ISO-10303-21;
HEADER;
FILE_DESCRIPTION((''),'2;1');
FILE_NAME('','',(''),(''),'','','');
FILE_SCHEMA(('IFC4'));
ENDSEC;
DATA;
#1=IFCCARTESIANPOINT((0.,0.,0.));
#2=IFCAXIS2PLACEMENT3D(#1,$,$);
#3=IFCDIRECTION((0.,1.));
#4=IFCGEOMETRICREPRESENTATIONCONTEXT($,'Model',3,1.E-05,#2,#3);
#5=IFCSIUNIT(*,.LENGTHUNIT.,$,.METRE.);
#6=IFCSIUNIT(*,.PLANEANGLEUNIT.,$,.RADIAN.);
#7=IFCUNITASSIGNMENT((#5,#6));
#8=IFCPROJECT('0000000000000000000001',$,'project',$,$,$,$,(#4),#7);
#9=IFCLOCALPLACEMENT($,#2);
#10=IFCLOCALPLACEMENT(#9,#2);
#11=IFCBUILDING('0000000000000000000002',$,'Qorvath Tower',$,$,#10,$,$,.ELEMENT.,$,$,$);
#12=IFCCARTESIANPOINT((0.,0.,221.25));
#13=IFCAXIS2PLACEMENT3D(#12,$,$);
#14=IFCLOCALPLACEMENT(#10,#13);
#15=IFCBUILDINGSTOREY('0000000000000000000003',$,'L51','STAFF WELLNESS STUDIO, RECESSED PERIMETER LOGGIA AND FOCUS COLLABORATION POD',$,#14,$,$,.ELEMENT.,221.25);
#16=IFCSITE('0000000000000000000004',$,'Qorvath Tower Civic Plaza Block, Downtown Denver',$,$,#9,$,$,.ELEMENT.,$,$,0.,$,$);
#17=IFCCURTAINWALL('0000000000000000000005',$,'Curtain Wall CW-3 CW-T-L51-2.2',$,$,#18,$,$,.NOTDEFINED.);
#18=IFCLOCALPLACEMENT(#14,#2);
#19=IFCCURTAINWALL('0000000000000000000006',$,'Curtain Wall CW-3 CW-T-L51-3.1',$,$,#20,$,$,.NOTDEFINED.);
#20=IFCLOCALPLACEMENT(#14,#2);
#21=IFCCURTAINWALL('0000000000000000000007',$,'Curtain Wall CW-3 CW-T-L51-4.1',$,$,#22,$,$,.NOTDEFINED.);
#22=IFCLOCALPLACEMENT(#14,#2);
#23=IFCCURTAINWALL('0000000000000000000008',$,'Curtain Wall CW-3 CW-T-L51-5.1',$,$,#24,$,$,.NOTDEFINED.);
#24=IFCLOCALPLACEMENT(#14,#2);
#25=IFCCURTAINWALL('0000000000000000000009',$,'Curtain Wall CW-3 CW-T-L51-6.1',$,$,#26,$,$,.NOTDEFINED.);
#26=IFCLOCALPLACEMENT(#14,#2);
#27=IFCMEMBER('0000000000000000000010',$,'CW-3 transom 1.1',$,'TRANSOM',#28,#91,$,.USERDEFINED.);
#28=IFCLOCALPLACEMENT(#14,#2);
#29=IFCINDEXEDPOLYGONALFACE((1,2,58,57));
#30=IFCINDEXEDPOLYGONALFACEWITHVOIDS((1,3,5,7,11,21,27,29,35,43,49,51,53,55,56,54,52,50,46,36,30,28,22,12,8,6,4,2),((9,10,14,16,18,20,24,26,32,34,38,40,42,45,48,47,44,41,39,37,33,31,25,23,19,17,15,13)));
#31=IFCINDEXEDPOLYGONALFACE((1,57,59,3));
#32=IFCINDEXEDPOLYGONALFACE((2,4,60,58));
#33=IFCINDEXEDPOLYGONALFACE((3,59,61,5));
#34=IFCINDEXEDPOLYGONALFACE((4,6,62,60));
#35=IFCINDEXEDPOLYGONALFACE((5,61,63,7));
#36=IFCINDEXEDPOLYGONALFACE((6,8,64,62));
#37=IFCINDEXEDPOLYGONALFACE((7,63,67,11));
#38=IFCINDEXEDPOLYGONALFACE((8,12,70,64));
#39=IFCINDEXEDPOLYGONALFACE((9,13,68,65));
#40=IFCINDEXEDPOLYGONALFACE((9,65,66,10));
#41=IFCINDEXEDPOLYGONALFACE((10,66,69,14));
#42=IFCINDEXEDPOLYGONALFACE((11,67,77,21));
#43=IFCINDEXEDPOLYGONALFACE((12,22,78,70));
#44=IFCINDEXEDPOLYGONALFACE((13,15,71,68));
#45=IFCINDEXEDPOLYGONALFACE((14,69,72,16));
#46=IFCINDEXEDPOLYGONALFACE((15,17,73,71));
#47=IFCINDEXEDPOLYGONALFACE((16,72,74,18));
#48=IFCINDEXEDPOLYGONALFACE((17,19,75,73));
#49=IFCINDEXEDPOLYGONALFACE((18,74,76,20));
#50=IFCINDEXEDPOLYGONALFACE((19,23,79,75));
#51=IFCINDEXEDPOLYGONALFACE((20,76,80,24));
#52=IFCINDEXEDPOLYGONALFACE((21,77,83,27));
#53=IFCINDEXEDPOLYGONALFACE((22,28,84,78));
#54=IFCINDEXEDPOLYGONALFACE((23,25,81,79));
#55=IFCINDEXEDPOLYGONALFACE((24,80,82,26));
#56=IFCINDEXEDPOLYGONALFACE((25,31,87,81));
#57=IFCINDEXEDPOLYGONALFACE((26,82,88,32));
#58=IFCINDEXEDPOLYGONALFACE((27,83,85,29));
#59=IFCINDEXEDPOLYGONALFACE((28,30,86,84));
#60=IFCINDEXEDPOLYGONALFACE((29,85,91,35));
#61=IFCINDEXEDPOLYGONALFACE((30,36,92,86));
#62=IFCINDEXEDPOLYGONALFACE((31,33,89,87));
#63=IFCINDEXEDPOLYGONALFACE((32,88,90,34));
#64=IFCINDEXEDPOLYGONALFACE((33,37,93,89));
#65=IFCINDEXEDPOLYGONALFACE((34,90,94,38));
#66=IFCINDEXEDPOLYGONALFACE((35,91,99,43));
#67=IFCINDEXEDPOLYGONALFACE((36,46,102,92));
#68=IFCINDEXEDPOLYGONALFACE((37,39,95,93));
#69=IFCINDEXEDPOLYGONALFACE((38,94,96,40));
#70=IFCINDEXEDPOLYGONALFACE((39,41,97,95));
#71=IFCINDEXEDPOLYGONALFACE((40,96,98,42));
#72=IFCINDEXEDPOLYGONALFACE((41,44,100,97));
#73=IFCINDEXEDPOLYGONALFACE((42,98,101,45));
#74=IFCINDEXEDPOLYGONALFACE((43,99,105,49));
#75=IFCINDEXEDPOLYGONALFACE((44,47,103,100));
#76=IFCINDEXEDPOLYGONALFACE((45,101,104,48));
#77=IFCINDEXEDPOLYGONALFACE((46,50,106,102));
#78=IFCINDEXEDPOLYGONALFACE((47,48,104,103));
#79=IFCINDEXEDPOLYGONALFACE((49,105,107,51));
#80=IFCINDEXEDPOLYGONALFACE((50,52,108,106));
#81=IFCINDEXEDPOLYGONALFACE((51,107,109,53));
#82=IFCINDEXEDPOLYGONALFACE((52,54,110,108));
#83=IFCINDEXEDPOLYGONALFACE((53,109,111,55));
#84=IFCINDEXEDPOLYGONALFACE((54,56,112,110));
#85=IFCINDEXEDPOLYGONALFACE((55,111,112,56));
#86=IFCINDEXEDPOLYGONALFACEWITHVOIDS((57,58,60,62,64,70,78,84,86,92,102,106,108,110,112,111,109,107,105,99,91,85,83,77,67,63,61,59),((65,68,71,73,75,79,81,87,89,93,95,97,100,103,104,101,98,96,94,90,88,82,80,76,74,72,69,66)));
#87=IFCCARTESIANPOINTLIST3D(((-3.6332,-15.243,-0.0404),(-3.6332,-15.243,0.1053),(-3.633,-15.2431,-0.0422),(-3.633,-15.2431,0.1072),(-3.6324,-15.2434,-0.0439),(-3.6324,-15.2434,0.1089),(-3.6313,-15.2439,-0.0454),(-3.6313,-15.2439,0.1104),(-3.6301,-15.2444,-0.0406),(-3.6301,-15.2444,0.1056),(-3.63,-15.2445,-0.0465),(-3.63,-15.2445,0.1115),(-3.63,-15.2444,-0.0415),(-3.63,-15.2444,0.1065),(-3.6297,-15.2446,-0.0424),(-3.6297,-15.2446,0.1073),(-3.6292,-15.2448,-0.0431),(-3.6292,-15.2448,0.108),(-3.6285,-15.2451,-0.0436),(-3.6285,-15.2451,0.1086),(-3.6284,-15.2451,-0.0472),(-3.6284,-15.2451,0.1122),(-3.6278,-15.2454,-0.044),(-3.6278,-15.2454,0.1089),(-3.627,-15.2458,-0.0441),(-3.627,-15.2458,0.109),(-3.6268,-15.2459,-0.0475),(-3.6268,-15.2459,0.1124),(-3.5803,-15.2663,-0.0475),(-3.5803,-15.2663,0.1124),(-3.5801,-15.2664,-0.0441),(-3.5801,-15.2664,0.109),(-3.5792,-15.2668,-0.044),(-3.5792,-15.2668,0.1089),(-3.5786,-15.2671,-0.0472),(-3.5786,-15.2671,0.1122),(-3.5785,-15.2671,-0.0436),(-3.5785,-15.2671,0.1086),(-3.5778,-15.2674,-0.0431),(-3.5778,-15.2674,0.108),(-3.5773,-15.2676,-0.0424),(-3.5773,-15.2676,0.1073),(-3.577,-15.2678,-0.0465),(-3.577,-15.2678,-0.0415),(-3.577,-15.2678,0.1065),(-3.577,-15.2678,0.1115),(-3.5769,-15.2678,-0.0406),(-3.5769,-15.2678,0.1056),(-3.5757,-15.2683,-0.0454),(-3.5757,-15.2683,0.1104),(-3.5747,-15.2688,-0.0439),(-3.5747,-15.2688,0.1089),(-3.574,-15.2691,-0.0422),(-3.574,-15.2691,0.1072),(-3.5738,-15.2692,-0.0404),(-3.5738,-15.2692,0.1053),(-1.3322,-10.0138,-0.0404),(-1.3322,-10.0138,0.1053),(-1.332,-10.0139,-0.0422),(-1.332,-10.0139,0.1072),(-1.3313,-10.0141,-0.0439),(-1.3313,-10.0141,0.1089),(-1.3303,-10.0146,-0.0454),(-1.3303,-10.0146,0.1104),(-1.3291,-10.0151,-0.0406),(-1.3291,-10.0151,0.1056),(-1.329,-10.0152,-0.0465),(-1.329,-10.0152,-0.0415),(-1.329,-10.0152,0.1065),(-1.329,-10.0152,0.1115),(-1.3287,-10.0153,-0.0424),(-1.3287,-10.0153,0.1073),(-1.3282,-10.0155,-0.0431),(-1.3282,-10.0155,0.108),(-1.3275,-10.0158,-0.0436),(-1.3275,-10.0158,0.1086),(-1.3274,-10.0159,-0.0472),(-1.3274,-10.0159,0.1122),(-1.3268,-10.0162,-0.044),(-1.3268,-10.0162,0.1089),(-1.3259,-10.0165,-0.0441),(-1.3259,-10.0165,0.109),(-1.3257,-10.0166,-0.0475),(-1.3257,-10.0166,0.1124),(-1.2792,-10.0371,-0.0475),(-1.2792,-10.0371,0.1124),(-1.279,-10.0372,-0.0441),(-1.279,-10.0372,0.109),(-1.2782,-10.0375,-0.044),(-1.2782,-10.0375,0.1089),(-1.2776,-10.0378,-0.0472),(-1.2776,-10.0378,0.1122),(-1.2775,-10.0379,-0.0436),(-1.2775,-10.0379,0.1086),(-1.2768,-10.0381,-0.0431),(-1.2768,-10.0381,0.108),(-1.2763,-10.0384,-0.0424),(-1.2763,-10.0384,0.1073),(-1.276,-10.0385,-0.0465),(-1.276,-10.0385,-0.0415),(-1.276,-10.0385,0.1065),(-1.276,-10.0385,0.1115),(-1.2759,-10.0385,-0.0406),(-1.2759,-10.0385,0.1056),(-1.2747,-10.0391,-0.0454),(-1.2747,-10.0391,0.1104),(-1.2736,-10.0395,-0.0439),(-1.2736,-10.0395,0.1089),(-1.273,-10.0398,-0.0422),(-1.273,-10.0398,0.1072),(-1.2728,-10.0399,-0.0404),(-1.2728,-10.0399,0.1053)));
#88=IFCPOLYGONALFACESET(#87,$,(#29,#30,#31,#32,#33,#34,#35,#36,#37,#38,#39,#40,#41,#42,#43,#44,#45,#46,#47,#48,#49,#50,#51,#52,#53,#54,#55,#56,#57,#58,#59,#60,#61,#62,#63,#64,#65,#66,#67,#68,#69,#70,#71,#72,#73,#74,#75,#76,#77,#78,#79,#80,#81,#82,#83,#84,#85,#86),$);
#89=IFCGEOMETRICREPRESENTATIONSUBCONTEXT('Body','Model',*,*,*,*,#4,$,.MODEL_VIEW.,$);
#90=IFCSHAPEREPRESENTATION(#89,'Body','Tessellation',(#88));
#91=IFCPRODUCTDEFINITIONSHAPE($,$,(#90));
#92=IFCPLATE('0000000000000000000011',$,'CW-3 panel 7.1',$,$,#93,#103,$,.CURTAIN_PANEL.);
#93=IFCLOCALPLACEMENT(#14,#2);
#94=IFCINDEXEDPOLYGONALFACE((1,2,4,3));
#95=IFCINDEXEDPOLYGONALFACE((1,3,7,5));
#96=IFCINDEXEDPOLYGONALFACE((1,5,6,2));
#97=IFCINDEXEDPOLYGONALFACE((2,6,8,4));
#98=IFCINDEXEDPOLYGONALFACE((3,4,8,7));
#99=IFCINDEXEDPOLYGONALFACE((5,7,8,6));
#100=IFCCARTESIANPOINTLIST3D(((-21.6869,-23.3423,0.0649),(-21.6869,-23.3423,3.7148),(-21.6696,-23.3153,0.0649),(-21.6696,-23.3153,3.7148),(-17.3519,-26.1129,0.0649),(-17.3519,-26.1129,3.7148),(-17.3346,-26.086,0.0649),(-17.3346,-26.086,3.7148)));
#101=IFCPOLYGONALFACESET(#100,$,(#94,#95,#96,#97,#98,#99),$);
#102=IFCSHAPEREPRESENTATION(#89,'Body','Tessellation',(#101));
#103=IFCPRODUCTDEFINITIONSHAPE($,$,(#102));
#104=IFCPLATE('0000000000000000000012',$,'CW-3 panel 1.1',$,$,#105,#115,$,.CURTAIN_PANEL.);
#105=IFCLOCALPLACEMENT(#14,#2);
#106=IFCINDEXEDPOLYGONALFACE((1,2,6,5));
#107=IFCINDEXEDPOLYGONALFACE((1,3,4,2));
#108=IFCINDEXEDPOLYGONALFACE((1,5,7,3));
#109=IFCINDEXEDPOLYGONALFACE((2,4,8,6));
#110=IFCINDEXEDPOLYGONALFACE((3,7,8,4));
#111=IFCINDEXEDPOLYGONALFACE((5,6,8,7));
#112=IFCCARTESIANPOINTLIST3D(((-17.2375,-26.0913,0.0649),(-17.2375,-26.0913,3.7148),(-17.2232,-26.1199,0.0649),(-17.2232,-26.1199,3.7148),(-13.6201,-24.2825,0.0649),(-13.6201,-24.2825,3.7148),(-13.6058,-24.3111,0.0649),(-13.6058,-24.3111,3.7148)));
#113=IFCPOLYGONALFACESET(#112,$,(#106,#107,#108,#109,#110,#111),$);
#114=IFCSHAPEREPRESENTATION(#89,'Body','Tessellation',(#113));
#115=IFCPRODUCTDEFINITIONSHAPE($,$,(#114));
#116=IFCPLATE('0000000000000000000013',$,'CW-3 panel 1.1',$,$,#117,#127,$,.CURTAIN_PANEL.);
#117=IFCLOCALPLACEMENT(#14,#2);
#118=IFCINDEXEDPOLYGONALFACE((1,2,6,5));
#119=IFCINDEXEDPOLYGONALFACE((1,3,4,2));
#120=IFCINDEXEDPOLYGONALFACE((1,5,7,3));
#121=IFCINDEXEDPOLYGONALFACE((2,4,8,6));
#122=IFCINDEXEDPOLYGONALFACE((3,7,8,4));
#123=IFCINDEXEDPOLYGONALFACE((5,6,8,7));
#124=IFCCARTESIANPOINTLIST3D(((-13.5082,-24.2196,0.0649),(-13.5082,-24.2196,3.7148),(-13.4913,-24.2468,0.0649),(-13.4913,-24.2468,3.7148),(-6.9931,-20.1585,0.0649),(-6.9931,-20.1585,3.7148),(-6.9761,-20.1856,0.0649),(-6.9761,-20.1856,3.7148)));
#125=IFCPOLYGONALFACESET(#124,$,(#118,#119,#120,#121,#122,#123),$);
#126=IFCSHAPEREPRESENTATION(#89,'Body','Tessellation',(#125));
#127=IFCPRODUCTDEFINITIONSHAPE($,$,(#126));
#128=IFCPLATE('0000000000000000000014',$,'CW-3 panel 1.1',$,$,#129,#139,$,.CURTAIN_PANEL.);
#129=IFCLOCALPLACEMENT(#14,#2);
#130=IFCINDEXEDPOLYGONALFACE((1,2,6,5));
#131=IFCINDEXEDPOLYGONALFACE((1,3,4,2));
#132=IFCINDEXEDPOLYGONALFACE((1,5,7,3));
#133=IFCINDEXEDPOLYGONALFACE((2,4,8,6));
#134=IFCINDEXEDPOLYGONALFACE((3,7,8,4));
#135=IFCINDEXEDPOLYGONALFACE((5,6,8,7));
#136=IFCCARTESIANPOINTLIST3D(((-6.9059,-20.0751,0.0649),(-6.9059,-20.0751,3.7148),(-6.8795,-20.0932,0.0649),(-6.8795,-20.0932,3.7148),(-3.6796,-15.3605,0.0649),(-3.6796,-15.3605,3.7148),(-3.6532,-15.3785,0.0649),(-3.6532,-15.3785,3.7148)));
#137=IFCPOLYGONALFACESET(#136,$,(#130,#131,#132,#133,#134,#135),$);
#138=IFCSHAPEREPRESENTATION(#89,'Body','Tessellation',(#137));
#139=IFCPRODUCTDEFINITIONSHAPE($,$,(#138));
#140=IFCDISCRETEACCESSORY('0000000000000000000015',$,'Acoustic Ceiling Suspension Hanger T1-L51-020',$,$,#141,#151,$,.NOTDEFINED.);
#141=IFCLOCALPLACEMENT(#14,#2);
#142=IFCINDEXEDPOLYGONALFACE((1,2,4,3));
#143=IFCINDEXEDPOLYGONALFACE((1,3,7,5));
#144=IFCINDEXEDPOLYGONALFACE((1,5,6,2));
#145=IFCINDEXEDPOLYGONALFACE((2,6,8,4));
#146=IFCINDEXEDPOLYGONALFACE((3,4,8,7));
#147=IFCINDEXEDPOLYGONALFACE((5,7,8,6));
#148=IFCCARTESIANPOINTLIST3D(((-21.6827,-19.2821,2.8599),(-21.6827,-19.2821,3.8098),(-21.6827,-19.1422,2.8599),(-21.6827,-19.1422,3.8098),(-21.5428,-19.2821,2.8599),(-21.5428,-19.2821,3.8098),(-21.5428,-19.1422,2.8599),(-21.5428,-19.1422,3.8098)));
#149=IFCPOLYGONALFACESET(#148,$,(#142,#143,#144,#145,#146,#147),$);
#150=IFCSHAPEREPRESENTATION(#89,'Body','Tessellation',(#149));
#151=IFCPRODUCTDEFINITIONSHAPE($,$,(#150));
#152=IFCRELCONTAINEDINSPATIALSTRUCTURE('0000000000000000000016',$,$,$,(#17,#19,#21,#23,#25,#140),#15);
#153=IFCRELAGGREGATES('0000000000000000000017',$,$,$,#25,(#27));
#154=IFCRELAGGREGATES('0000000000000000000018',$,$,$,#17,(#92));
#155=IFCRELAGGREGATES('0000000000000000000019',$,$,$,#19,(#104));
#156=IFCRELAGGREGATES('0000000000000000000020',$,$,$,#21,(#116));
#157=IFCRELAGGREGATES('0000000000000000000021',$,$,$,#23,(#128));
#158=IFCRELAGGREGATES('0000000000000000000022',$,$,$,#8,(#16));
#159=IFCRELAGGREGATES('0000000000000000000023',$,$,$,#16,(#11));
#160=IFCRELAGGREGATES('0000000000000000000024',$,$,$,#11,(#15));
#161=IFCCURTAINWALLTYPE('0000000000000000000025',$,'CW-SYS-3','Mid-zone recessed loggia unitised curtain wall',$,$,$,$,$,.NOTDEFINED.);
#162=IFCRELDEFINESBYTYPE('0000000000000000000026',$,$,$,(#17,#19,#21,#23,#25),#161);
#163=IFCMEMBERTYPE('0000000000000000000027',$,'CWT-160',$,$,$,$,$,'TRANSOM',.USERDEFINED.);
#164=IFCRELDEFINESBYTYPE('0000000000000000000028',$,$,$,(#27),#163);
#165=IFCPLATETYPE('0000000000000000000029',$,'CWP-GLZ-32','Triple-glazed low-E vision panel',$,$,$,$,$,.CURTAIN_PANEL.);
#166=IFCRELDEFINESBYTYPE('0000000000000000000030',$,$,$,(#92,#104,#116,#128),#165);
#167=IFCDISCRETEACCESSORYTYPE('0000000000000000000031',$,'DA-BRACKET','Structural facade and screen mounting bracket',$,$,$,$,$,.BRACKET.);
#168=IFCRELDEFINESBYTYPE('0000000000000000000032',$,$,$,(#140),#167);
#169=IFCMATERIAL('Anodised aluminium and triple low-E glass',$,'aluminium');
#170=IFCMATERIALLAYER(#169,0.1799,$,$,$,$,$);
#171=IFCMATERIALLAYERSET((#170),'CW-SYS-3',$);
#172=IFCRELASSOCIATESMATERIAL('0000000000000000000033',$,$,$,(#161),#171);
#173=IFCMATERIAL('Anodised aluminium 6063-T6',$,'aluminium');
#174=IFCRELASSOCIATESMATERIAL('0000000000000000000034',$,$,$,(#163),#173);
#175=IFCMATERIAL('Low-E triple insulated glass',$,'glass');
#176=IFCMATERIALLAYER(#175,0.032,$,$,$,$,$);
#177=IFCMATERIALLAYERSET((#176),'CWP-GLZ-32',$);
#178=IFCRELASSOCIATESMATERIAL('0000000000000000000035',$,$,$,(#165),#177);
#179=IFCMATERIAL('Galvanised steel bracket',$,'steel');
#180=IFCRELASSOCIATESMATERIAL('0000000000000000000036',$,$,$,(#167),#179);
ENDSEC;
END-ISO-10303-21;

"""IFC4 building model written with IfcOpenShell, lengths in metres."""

from ifc_helpers import new_model, si_unit, direction, frame, origin, origin_2d, place, context, subcontext, project, spatial, rectangle, hollow_rectangle, extrude, material, layer, layer_set, material_profile, profile_set, type_object, element, aggregate, save


model = new_model("IFC4")

# Units and contexts
model_context = context("Model", 3, precision=1e-05, world=origin(), true_north=direction((0.0, 1.0)))
body_context = subcontext(model_context, "Body", "Model", "MODEL_VIEW")
ifc_project = project(units=[si_unit("LENGTHUNIT", "METRE"), si_unit("PLANEANGLEUNIT", "RADIAN")], contexts=[model_context])

# Site, building, storey
site_placement = place(None, origin())
site = spatial("IfcSite", under=ifc_project, at=site_placement, Name="Qorvath Tower Civic Plaza Block, Downtown Denver", CompositionType="ELEMENT", RefElevation=0.0)
building_placement = place(site_placement, origin())
building = spatial("IfcBuilding", under=site, at=building_placement, Name="Qorvath Tower", CompositionType="ELEMENT")
storey_placement = place(building_placement, frame((0.0, 0.0, 221.25)))
storey = spatial("IfcBuildingStorey", under=building, at=storey_placement, Name="L51", Description="STAFF WELLNESS STUDIO, RECESSED PERIMETER LOGGIA AND FOCUS COLLABORATION POD", CompositionType="ELEMENT", Elevation=221.25)

# Curtain wall
ifc_material_1 = material(Name="Anodised aluminium and triple low-E glass", Category="aluminium")
ifc_layer_1 = layer(ifc_material_1, 0.1799)
ifc_layer_set_1 = layer_set([ifc_layer_1], Name="CW-SYS-3")
curtain_wall_type = type_object("IfcCurtainWallType", Name="CW-SYS-3", Description="Mid-zone recessed loggia unitised curtain wall", PredefinedType="NOTDEFINED", material=ifc_layer_set_1)
curtain_wall_1_placement = place(storey_placement, origin())
curtain_wall_1 = element("IfcCurtainWall", 1, at=curtain_wall_1_placement, inside=storey, type_object=curtain_wall_type, Name="Curtain Wall CW-3 CW-T-L51-2.2", PredefinedType="NOTDEFINED")

# Curtain walls
curtain_wall_2_placement = place(storey_placement, origin())
curtain_wall_2 = element("IfcCurtainWall", 2, at=curtain_wall_2_placement, inside=storey, type_object=curtain_wall_type, Name="Curtain Wall CW-3 CW-T-L51-3.1", PredefinedType="NOTDEFINED")
curtain_wall_3_placement = place(storey_placement, origin())
curtain_wall_3 = element("IfcCurtainWall", 3, at=curtain_wall_3_placement, inside=storey, type_object=curtain_wall_type, Name="Curtain Wall CW-3 CW-T-L51-4.1", PredefinedType="NOTDEFINED")
curtain_wall_4_placement = place(storey_placement, origin())
curtain_wall_4 = element("IfcCurtainWall", 4, at=curtain_wall_4_placement, inside=storey, type_object=curtain_wall_type, Name="Curtain Wall CW-3 CW-T-L51-5.1", PredefinedType="NOTDEFINED")

# Curtain wall
curtain_wall_5_placement = place(storey_placement, origin())
curtain_wall_5 = element("IfcCurtainWall", 5, at=curtain_wall_5_placement, inside=storey, type_object=curtain_wall_type, Name="Curtain Wall CW-3 CW-T-L51-6.1", PredefinedType="NOTDEFINED")

# Member
ifc_material_2 = material(Name="Anodised aluminium 6063-T6", Category="aluminium")
ifc_material_profile_1 = material_profile(ifc_material_2, hollow_rectangle(XDim=0.0649, YDim=0.1599, WallThickness=0.0034, InnerFilletRadius=0.0034, OuterFilletRadius=0.0071, at=origin_2d()), Name="CWT 160x65")
ifc_profile_set_1 = profile_set([ifc_material_profile_1], Name="Anodised aluminium 6063-T6")
member_type_1 = type_object("IfcMemberType", Name="CWT-160", ElementType="TRANSOM", PredefinedType="USERDEFINED", material=ifc_profile_set_1)
member_1_placement = place(storey_placement, frame((-3.6035, -15.2561, 0.0325), z_axis=(0.402762, 0.915305, 0.0), x_axis=(-0.915305, 0.402762, 0.0)))
member_1 = element("IfcMember", 6, at=member_1_placement, type_object=member_type_1, Name="CW-3 transom 1.1", ObjectType="TRANSOM", PredefinedType="USERDEFINED", context=body_context, shape_type="SweptSolid", body=[
    extrude(hollow_rectangle(XDim=0.0649, YDim=0.1599, WallThickness=0.0034, InnerFilletRadius=0.0034, OuterFilletRadius=0.0071, at=origin_2d()), origin(), (0.0, 0.0, 1.0), 5.7131),
])
aggregate(curtain_wall_5, [member_1])

# Plates
ifc_material_3 = material(Name="Low-E triple insulated glass", Category="glass")
ifc_layer_2 = layer(ifc_material_3, 0.032)
ifc_layer_set_2 = layer_set([ifc_layer_2], Name="CWP-GLZ-32")
plate_type = type_object("IfcPlateType", Name="CWP-GLZ-32", Description="Triple-glazed low-E vision panel", PredefinedType="CURTAIN_PANEL", material=ifc_layer_set_2)
plate_1_placement = place(storey_placement, frame((-19.5107, -24.7141, 0.0649), z_axis=(0.0, 0.0, 1.0), x_axis=(0.842603, -0.538535, 0.0)))
plate_1 = element("IfcPlate", 7, at=plate_1_placement, type_object=plate_type, Name="CW-3 panel 7.1", PredefinedType="CURTAIN_PANEL", context=body_context, shape_type="SweptSolid", body=[
    extrude(rectangle(XDim=5.1448, YDim=0.032, at=origin_2d()), origin(), (0.0, 0.0, 1.0), 3.6499),
])
aggregate(curtain_wall_1, [plate_1])
plate_2_placement = place(storey_placement, frame((-15.4216, -25.2012, 0.0649), z_axis=(0.0, 0.0, 1.0), x_axis=(0.894422, 0.447223, 0.0)))
plate_2 = element("IfcPlate", 8, at=plate_2_placement, type_object=plate_type, Name="CW-3 panel 1.1", PredefinedType="CURTAIN_PANEL", context=body_context, shape_type="SweptSolid", body=[
    extrude(rectangle(XDim=4.0444, YDim=0.032, at=origin_2d()), origin(), (0.0, 0.0, 1.0), 3.6499),
])
aggregate(curtain_wall_2, [plate_2])
plate_3_placement = place(storey_placement, frame((-10.2422, -22.2026, 0.0649), z_axis=(0.0, 0.0, 1.0), x_axis=(0.848633, 0.528982, 0.0)))
plate_3 = element("IfcPlate", 9, at=plate_3_placement, type_object=plate_type, Name="CW-3 panel 1.1", PredefinedType="CURTAIN_PANEL", context=body_context, shape_type="SweptSolid", body=[
    extrude(rectangle(XDim=7.6772, YDim=0.032, at=origin_2d()), origin(), (0.0, 0.0, 1.0), 3.6499),
])
aggregate(curtain_wall_3, [plate_3])
plate_4_placement = place(storey_placement, frame((-5.2795, -17.7268, 0.0649), z_axis=(0.0, 0.0, 1.0), x_axis=(0.564746, 0.825264, 0.0)))
plate_4 = element("IfcPlate", 10, at=plate_4_placement, type_object=plate_type, Name="CW-3 panel 1.1", PredefinedType="CURTAIN_PANEL", context=body_context, shape_type="SweptSolid", body=[
    extrude(rectangle(XDim=5.7129, YDim=0.032, at=origin_2d()), origin(), (0.0, 0.0, 1.0), 3.6499),
])
aggregate(curtain_wall_4, [plate_4])

# Discrete accessory
ifc_material_4 = material(Name="Galvanised steel bracket", Category="steel")
discrete_accessory_type = type_object("IfcDiscreteAccessoryType", Name="DA-BRACKET", Description="Structural facade and screen mounting bracket", PredefinedType="BRACKET", material=ifc_material_4)
discrete_accessory_placement = place(storey_placement, frame((-21.6128, -19.2122, 2.8599), z_axis=(0.0, 0.0, 1.0), x_axis=(1.0, 0.0, 0.0)))
element("IfcDiscreteAccessory", 11, at=discrete_accessory_placement, inside=storey, type_object=discrete_accessory_type, Name="Acoustic Ceiling Suspension Hanger T1-L51-020", PredefinedType="NOTDEFINED", context=body_context, shape_type="SweptSolid", body=[
    extrude(rectangle(XDim=0.1399, YDim=0.1399, at=origin_2d()), origin(), (0.0, 0.0, 1.0), 0.95),
])

save(model, "model.ifc")
